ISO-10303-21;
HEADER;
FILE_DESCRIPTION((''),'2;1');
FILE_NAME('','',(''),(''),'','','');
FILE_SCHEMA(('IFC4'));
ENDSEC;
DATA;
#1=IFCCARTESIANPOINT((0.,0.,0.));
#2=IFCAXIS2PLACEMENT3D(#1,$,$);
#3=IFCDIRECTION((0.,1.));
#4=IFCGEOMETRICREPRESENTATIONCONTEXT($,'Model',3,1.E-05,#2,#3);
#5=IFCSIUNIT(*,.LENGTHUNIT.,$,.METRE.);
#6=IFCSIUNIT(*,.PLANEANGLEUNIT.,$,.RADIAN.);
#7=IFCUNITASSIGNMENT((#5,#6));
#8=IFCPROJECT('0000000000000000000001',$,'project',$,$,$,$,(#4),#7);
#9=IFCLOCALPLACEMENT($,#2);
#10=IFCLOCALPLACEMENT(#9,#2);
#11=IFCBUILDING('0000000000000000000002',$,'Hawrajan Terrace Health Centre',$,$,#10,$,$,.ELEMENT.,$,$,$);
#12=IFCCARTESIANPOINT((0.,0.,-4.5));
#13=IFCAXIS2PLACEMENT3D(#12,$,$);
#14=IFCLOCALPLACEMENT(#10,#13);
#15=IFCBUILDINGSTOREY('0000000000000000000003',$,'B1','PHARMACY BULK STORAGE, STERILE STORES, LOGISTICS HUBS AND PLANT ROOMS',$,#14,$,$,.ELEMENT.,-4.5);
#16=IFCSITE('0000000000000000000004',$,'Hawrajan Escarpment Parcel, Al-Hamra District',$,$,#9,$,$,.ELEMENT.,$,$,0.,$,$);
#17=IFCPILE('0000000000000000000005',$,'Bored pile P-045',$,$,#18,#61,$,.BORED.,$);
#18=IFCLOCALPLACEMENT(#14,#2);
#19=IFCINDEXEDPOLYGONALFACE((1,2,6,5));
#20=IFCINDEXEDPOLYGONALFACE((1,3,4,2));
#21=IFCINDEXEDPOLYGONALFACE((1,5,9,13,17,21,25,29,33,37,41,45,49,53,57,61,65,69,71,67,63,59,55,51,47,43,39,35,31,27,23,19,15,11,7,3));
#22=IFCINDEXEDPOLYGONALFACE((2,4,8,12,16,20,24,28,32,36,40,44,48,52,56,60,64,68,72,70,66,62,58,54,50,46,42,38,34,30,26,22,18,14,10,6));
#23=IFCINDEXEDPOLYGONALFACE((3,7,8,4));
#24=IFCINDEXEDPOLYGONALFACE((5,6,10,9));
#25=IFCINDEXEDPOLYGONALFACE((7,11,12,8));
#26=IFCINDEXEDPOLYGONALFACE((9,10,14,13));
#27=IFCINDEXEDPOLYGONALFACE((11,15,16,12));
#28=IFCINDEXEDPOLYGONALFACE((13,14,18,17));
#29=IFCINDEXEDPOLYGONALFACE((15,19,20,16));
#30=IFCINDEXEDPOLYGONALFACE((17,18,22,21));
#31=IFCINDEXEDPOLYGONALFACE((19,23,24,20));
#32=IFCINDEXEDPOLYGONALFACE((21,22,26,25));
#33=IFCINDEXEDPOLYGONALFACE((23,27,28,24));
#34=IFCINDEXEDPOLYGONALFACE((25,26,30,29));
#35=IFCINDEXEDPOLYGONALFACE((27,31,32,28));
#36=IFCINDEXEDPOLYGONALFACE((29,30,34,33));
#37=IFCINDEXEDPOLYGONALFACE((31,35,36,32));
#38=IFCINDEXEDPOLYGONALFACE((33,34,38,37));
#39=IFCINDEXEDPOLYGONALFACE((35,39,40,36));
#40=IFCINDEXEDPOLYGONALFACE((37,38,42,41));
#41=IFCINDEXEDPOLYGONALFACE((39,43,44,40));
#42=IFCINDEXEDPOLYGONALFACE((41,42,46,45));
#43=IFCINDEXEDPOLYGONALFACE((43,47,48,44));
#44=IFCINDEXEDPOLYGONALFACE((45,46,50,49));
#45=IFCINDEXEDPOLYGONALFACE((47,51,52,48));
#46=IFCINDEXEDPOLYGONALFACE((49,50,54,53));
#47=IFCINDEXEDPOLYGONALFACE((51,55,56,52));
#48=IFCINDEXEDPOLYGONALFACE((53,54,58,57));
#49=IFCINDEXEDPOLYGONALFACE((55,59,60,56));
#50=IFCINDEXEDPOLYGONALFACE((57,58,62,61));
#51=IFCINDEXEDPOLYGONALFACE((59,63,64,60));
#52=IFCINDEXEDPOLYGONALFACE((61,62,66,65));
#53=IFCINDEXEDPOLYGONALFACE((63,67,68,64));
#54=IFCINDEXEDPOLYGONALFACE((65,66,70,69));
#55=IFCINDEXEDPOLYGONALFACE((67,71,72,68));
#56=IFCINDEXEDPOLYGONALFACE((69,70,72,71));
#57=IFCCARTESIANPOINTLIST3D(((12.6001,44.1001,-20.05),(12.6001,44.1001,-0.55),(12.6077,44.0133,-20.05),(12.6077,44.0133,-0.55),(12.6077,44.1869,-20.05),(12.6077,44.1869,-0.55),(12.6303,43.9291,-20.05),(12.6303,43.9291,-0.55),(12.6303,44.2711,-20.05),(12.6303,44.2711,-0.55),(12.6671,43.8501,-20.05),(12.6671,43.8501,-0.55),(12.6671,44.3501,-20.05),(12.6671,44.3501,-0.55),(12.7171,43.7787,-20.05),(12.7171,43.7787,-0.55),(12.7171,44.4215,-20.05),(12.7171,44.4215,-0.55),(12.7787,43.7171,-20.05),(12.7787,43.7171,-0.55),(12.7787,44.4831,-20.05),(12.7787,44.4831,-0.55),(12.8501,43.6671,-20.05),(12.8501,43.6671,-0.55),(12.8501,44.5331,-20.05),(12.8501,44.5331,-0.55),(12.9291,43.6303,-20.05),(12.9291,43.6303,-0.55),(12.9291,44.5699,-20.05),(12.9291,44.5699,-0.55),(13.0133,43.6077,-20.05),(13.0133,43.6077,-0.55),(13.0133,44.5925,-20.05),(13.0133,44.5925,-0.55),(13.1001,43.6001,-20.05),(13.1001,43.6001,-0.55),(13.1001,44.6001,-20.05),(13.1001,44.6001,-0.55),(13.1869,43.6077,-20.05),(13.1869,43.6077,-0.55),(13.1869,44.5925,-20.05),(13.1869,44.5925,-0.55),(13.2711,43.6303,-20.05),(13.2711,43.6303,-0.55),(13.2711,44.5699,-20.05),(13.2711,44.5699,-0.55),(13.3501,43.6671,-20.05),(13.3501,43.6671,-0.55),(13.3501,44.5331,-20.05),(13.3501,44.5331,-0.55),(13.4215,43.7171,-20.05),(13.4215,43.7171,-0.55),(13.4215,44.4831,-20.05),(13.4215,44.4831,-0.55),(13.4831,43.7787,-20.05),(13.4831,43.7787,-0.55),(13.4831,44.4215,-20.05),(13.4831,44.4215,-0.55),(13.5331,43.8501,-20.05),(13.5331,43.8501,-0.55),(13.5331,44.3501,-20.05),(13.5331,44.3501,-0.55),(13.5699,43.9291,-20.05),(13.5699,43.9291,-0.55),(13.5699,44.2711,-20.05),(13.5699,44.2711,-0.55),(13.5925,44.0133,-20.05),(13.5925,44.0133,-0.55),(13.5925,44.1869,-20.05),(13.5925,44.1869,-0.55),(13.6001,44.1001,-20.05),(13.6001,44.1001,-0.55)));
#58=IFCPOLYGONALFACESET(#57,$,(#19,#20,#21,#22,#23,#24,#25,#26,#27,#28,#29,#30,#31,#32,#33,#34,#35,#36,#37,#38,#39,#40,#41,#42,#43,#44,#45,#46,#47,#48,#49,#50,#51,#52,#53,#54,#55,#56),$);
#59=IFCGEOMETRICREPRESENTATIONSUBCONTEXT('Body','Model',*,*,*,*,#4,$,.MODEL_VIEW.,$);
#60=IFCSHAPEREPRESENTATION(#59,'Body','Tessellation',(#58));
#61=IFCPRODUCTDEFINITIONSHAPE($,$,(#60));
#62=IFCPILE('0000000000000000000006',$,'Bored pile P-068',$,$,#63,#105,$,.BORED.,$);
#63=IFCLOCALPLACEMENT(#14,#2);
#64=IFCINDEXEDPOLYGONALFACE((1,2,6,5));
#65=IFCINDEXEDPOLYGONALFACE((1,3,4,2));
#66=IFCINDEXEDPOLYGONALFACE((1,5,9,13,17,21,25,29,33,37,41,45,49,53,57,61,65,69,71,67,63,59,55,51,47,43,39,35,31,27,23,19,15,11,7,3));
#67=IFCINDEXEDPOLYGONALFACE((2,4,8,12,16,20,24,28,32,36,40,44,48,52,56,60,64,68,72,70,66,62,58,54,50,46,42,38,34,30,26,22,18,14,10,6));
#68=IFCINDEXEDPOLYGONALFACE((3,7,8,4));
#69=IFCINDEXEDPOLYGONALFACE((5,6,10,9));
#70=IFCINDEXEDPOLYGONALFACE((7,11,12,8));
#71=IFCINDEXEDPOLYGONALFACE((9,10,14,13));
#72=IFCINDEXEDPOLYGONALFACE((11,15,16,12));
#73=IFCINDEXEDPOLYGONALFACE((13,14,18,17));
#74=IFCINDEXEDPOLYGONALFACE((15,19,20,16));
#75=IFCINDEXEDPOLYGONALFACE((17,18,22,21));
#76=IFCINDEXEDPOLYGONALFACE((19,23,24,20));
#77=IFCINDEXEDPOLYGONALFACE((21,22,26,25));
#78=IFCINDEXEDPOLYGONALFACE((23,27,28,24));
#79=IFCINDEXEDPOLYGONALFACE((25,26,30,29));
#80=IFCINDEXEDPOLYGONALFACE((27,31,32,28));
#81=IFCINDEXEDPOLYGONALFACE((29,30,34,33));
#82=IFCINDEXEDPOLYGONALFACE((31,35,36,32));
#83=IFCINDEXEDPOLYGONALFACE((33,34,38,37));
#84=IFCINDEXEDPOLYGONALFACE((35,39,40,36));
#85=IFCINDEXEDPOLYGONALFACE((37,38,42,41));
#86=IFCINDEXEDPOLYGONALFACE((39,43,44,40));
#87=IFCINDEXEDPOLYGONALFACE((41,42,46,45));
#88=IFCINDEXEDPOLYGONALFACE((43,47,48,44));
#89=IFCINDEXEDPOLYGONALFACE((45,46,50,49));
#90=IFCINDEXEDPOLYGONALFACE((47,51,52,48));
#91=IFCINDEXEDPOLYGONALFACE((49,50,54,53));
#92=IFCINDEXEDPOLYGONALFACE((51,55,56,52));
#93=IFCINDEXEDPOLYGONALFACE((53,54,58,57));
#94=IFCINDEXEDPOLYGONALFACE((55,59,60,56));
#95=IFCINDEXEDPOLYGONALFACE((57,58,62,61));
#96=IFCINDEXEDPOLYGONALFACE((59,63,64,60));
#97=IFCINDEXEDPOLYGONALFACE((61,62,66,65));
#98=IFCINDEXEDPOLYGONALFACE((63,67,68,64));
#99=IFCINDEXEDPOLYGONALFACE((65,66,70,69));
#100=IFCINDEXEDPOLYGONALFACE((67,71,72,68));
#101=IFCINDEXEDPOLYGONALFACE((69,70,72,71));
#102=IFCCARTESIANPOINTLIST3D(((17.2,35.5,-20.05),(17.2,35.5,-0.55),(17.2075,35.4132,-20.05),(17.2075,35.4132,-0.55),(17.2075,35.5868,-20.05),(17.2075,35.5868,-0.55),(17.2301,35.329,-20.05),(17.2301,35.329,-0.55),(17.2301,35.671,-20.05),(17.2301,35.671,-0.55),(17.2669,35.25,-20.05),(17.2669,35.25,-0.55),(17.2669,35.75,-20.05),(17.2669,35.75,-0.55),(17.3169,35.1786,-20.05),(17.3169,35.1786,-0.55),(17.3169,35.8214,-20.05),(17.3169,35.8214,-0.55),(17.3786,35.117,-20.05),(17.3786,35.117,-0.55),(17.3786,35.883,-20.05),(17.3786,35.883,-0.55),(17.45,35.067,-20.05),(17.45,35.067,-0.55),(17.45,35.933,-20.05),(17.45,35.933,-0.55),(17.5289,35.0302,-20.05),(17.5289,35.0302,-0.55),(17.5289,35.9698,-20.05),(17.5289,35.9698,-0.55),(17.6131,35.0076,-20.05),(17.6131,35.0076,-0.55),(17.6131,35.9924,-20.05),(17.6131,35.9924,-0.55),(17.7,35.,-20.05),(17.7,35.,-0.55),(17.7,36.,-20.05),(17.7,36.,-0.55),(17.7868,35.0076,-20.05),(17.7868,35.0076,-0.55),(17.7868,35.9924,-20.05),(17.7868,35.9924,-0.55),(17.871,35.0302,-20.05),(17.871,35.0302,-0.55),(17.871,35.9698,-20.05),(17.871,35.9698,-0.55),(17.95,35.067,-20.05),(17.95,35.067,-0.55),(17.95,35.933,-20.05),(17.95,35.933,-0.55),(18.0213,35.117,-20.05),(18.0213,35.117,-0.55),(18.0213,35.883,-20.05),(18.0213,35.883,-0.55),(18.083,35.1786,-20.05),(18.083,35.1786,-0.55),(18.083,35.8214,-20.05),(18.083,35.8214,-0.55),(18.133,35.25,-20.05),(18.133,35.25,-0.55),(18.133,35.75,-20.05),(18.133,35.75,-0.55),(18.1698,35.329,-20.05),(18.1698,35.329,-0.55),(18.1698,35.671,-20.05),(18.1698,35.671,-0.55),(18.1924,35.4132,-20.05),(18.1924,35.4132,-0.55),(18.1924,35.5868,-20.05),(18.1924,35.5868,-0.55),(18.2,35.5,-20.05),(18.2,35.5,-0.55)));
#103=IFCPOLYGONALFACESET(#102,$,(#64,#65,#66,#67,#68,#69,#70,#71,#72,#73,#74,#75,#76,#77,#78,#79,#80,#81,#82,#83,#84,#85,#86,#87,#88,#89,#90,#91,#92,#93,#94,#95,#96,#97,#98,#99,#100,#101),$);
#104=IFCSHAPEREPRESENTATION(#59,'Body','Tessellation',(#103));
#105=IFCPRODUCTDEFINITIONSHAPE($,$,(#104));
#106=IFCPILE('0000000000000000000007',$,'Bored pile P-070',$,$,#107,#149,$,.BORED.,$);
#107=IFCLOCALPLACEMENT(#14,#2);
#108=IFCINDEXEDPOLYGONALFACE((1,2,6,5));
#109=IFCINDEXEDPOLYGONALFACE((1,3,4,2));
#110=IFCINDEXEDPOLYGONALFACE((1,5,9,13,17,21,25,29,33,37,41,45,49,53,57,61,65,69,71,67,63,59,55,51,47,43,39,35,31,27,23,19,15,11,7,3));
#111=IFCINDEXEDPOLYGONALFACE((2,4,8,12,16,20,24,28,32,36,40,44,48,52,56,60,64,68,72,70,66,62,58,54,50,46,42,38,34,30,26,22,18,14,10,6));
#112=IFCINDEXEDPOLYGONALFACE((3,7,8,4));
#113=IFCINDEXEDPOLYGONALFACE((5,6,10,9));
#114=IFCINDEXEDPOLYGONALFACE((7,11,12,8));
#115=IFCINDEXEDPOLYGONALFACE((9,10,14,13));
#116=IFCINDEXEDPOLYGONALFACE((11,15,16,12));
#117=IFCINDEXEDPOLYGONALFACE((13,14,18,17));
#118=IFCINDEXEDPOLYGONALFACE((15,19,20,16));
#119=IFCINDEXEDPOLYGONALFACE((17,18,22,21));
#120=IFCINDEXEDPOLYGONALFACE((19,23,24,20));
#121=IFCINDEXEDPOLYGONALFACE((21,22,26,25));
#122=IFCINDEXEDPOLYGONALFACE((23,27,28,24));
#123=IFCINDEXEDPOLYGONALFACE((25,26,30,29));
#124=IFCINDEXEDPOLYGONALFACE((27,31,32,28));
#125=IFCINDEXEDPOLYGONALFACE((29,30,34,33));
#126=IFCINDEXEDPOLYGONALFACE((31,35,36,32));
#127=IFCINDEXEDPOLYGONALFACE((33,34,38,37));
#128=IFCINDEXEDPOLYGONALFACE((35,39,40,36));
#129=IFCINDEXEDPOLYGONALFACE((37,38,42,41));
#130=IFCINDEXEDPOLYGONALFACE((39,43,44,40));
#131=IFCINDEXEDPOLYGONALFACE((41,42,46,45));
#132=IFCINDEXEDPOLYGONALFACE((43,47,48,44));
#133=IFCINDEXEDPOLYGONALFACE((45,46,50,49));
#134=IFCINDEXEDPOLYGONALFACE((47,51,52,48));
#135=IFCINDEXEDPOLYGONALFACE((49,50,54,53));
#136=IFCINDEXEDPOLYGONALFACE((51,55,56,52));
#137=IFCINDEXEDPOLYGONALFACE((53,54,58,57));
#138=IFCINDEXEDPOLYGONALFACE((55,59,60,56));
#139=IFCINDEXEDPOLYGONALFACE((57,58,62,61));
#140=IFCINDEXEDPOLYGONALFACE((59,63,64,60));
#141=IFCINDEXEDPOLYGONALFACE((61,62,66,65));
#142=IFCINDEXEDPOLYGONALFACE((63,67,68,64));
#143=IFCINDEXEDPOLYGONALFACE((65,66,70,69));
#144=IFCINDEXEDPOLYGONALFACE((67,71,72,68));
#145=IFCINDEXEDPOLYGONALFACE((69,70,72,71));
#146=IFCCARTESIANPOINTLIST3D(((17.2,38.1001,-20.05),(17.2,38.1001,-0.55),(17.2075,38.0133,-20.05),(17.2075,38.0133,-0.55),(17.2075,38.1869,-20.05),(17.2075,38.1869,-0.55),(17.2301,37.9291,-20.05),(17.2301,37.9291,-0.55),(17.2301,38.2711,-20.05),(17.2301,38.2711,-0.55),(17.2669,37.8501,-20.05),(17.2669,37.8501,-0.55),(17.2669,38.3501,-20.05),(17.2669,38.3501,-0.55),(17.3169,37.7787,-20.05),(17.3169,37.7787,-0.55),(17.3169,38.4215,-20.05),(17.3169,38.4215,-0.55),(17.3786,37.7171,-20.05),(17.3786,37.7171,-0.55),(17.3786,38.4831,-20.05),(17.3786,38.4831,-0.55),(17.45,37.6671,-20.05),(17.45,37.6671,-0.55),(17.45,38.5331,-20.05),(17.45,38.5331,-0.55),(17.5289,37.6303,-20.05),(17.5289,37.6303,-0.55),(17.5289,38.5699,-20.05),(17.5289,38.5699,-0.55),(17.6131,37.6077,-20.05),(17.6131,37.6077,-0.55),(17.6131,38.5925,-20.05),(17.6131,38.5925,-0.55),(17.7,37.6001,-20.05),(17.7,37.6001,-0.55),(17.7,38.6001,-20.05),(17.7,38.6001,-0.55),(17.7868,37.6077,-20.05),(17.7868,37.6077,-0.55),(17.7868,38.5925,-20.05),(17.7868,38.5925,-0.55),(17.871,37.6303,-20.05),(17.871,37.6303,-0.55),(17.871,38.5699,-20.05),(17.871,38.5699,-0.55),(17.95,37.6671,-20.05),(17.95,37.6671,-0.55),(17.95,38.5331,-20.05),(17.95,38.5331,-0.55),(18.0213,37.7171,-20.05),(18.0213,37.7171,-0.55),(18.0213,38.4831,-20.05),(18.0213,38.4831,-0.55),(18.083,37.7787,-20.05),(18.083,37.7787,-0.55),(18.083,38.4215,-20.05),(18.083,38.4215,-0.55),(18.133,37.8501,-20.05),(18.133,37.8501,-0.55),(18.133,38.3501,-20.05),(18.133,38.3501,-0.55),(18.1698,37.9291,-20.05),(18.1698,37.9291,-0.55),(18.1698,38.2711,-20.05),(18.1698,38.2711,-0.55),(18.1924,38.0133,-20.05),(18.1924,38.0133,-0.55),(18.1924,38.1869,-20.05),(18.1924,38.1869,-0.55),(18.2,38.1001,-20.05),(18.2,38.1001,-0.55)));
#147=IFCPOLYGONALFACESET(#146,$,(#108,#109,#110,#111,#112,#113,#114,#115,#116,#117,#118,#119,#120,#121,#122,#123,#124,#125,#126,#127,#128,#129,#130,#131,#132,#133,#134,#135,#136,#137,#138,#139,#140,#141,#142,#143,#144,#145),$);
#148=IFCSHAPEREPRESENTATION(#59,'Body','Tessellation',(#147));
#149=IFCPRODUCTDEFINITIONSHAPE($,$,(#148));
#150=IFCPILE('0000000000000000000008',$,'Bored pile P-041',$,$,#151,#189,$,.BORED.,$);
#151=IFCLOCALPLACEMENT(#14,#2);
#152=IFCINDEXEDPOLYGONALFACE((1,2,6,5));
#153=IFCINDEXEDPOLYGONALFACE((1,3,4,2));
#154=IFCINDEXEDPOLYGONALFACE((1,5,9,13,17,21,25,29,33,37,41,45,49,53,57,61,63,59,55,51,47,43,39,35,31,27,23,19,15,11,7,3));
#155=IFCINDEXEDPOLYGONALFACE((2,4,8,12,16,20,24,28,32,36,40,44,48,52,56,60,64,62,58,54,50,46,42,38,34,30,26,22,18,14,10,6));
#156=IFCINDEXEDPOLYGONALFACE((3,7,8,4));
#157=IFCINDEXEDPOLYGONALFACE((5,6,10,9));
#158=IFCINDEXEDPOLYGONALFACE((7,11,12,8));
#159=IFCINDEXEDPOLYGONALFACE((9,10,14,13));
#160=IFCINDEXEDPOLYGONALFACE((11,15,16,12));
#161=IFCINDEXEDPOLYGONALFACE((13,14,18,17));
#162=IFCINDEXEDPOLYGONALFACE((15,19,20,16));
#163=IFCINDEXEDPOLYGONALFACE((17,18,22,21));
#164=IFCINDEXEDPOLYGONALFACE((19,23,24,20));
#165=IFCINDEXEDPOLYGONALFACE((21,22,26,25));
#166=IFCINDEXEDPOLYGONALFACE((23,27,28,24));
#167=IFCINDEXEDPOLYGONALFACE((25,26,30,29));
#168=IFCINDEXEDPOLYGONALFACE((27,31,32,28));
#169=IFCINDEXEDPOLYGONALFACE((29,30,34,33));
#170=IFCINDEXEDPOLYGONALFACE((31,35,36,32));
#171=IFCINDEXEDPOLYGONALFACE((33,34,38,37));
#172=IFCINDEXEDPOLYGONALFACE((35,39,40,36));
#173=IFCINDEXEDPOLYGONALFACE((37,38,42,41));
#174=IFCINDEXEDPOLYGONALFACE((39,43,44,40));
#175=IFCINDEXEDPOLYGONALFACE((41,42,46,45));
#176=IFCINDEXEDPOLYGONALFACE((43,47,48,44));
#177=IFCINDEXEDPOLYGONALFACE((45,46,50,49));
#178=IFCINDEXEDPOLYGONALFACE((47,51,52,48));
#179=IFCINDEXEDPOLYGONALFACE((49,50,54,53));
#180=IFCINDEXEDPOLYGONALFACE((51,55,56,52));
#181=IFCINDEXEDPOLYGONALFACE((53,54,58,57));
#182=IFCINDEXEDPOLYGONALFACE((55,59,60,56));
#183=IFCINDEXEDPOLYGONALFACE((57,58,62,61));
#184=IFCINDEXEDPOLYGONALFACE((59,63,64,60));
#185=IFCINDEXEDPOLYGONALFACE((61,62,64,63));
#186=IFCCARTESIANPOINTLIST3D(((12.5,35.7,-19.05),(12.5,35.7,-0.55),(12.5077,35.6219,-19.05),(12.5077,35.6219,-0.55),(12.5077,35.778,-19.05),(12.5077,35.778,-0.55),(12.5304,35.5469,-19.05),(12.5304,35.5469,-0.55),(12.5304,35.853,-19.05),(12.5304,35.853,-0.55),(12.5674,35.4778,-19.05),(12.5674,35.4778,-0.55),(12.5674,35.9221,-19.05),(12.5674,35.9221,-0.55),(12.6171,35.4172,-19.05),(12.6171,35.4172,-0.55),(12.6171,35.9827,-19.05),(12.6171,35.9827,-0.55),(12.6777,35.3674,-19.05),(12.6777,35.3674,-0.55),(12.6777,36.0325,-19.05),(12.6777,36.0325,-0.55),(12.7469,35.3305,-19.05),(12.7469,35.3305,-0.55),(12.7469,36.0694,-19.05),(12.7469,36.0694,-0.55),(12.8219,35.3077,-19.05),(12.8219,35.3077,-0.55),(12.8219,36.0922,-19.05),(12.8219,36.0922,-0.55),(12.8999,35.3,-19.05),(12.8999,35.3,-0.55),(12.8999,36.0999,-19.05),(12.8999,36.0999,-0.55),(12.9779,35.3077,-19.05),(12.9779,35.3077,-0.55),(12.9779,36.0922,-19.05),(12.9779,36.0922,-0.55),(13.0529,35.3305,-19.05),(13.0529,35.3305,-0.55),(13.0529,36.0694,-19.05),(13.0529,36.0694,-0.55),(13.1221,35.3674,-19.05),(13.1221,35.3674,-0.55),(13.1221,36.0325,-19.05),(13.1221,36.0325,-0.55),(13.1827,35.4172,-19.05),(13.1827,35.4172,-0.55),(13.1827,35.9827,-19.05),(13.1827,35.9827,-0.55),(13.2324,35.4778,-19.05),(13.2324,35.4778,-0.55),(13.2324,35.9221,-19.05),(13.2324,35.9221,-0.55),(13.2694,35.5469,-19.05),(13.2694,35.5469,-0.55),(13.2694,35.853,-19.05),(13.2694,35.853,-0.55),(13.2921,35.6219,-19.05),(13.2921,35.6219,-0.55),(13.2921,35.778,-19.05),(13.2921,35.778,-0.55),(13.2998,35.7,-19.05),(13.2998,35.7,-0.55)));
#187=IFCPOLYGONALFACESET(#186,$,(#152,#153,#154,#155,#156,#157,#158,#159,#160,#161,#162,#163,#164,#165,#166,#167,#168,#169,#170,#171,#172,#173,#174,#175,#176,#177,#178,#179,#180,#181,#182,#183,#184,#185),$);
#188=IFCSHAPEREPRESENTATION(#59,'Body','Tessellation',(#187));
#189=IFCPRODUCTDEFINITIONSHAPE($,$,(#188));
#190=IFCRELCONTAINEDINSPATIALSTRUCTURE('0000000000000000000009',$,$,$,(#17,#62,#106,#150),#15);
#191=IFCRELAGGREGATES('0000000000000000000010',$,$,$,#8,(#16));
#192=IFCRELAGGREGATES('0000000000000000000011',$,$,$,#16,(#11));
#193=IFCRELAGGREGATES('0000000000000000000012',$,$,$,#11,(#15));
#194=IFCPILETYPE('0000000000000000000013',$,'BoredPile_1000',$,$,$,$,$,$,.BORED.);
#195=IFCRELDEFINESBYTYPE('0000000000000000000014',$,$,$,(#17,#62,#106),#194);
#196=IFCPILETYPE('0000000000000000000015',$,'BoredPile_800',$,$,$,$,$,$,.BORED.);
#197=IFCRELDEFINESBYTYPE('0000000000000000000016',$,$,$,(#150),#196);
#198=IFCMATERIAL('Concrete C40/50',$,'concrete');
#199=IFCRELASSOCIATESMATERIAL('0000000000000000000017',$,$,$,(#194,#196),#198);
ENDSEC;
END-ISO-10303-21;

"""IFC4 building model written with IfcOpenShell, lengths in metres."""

from ifc_helpers import new_model, si_unit, direction, frame, origin, origin_2d, place, context, subcontext, project, spatial, circle, extrude, material, material_profile, profile_set, type_object, element, save


model = new_model("IFC4")

# Units and contexts
model_context = context("Model", 3, precision=1e-05, world=origin(), true_north=direction((0.0, 1.0)))
body_context = subcontext(model_context, "Body", "Model", "MODEL_VIEW")
ifc_project = project(units=[si_unit("LENGTHUNIT", "METRE"), si_unit("PLANEANGLEUNIT", "RADIAN")], contexts=[model_context])

# Site, building, storey
site_placement = place(None, origin())
site = spatial("IfcSite", under=ifc_project, at=site_placement, Name="Hawrajan Escarpment Parcel, Al-Hamra District", CompositionType="ELEMENT", RefElevation=0.0)
building_placement = place(site_placement, origin())
building = spatial("IfcBuilding", under=site, at=building_placement, Name="Hawrajan Terrace Health Centre", CompositionType="ELEMENT")
storey_placement = place(building_placement, frame((0.0, 0.0, -4.5)))
storey = spatial("IfcBuildingStorey", under=building, at=storey_placement, Name="B1", Description="PHARMACY BULK STORAGE, STERILE STORES, LOGISTICS HUBS AND PLANT ROOMS", CompositionType="ELEMENT", Elevation=-4.5)

# Piles
ifc_material_1 = material(Name="Concrete C40/50", Category="concrete")
ifc_material_profile_1 = material_profile(ifc_material_1, circle(Radius=0.5, at=origin_2d()), Name="BP 1000")
ifc_profile_set_1 = profile_set([ifc_material_profile_1], Name="Concrete C40/50")
pile_type_1 = type_object("IfcPileType", Name="BoredPile_1000", PredefinedType="BORED", material=ifc_profile_set_1)
for number, where, z_axis, x_axis, name in (
    (1, (13.1001, 44.1001, -0.55), (0.0, 0.0, -1.0), (1.0, 0.0, 0.0), "Bored pile P-045"),
    (2, (17.7, 35.5, -0.55), (0.0, 0.0, -1.0), (1.0, 0.0, 0.0), "Bored pile P-068"),
    (3, (17.7, 38.1001, -0.55), (0.0, 0.0, -1.0), (1.0, 0.0, 0.0), "Bored pile P-070"),
):
    element("IfcPile", number, at=place(storey_placement, frame(where, z_axis=z_axis, x_axis=x_axis)), inside=storey, type_object=pile_type_1, Name=name, PredefinedType="BORED", context=body_context, shape_type="SweptSolid", body=[
        extrude(circle(Radius=0.5, at=origin_2d()), origin(), (0.0, 0.0, 1.0), 19.5),
    ])
ifc_material_profile_2 = material_profile(ifc_material_1, circle(Radius=0.3999, at=origin_2d()), Name="BP 800")
ifc_profile_set_2 = profile_set([ifc_material_profile_2], Name="Concrete C40/50")
pile_type_2 = type_object("IfcPileType", Name="BoredPile_800", PredefinedType="BORED", material=ifc_profile_set_2)
for number, where, z_axis, x_axis, name in (
    (4, (12.8999, 35.7, -0.55), (0.0, 0.0, -1.0), (1.0, 0.0, 0.0), "Bored pile P-041"),
):
    element("IfcPile", number, at=place(storey_placement, frame(where, z_axis=z_axis, x_axis=x_axis)), inside=storey, type_object=pile_type_2, Name=name, PredefinedType="BORED", context=body_context, shape_type="SweptSolid", body=[
        extrude(circle(Radius=0.3999, at=origin_2d()), origin(), (0.0, 0.0, 1.0), 18.5),
    ])

save(model, "model.ifc")
